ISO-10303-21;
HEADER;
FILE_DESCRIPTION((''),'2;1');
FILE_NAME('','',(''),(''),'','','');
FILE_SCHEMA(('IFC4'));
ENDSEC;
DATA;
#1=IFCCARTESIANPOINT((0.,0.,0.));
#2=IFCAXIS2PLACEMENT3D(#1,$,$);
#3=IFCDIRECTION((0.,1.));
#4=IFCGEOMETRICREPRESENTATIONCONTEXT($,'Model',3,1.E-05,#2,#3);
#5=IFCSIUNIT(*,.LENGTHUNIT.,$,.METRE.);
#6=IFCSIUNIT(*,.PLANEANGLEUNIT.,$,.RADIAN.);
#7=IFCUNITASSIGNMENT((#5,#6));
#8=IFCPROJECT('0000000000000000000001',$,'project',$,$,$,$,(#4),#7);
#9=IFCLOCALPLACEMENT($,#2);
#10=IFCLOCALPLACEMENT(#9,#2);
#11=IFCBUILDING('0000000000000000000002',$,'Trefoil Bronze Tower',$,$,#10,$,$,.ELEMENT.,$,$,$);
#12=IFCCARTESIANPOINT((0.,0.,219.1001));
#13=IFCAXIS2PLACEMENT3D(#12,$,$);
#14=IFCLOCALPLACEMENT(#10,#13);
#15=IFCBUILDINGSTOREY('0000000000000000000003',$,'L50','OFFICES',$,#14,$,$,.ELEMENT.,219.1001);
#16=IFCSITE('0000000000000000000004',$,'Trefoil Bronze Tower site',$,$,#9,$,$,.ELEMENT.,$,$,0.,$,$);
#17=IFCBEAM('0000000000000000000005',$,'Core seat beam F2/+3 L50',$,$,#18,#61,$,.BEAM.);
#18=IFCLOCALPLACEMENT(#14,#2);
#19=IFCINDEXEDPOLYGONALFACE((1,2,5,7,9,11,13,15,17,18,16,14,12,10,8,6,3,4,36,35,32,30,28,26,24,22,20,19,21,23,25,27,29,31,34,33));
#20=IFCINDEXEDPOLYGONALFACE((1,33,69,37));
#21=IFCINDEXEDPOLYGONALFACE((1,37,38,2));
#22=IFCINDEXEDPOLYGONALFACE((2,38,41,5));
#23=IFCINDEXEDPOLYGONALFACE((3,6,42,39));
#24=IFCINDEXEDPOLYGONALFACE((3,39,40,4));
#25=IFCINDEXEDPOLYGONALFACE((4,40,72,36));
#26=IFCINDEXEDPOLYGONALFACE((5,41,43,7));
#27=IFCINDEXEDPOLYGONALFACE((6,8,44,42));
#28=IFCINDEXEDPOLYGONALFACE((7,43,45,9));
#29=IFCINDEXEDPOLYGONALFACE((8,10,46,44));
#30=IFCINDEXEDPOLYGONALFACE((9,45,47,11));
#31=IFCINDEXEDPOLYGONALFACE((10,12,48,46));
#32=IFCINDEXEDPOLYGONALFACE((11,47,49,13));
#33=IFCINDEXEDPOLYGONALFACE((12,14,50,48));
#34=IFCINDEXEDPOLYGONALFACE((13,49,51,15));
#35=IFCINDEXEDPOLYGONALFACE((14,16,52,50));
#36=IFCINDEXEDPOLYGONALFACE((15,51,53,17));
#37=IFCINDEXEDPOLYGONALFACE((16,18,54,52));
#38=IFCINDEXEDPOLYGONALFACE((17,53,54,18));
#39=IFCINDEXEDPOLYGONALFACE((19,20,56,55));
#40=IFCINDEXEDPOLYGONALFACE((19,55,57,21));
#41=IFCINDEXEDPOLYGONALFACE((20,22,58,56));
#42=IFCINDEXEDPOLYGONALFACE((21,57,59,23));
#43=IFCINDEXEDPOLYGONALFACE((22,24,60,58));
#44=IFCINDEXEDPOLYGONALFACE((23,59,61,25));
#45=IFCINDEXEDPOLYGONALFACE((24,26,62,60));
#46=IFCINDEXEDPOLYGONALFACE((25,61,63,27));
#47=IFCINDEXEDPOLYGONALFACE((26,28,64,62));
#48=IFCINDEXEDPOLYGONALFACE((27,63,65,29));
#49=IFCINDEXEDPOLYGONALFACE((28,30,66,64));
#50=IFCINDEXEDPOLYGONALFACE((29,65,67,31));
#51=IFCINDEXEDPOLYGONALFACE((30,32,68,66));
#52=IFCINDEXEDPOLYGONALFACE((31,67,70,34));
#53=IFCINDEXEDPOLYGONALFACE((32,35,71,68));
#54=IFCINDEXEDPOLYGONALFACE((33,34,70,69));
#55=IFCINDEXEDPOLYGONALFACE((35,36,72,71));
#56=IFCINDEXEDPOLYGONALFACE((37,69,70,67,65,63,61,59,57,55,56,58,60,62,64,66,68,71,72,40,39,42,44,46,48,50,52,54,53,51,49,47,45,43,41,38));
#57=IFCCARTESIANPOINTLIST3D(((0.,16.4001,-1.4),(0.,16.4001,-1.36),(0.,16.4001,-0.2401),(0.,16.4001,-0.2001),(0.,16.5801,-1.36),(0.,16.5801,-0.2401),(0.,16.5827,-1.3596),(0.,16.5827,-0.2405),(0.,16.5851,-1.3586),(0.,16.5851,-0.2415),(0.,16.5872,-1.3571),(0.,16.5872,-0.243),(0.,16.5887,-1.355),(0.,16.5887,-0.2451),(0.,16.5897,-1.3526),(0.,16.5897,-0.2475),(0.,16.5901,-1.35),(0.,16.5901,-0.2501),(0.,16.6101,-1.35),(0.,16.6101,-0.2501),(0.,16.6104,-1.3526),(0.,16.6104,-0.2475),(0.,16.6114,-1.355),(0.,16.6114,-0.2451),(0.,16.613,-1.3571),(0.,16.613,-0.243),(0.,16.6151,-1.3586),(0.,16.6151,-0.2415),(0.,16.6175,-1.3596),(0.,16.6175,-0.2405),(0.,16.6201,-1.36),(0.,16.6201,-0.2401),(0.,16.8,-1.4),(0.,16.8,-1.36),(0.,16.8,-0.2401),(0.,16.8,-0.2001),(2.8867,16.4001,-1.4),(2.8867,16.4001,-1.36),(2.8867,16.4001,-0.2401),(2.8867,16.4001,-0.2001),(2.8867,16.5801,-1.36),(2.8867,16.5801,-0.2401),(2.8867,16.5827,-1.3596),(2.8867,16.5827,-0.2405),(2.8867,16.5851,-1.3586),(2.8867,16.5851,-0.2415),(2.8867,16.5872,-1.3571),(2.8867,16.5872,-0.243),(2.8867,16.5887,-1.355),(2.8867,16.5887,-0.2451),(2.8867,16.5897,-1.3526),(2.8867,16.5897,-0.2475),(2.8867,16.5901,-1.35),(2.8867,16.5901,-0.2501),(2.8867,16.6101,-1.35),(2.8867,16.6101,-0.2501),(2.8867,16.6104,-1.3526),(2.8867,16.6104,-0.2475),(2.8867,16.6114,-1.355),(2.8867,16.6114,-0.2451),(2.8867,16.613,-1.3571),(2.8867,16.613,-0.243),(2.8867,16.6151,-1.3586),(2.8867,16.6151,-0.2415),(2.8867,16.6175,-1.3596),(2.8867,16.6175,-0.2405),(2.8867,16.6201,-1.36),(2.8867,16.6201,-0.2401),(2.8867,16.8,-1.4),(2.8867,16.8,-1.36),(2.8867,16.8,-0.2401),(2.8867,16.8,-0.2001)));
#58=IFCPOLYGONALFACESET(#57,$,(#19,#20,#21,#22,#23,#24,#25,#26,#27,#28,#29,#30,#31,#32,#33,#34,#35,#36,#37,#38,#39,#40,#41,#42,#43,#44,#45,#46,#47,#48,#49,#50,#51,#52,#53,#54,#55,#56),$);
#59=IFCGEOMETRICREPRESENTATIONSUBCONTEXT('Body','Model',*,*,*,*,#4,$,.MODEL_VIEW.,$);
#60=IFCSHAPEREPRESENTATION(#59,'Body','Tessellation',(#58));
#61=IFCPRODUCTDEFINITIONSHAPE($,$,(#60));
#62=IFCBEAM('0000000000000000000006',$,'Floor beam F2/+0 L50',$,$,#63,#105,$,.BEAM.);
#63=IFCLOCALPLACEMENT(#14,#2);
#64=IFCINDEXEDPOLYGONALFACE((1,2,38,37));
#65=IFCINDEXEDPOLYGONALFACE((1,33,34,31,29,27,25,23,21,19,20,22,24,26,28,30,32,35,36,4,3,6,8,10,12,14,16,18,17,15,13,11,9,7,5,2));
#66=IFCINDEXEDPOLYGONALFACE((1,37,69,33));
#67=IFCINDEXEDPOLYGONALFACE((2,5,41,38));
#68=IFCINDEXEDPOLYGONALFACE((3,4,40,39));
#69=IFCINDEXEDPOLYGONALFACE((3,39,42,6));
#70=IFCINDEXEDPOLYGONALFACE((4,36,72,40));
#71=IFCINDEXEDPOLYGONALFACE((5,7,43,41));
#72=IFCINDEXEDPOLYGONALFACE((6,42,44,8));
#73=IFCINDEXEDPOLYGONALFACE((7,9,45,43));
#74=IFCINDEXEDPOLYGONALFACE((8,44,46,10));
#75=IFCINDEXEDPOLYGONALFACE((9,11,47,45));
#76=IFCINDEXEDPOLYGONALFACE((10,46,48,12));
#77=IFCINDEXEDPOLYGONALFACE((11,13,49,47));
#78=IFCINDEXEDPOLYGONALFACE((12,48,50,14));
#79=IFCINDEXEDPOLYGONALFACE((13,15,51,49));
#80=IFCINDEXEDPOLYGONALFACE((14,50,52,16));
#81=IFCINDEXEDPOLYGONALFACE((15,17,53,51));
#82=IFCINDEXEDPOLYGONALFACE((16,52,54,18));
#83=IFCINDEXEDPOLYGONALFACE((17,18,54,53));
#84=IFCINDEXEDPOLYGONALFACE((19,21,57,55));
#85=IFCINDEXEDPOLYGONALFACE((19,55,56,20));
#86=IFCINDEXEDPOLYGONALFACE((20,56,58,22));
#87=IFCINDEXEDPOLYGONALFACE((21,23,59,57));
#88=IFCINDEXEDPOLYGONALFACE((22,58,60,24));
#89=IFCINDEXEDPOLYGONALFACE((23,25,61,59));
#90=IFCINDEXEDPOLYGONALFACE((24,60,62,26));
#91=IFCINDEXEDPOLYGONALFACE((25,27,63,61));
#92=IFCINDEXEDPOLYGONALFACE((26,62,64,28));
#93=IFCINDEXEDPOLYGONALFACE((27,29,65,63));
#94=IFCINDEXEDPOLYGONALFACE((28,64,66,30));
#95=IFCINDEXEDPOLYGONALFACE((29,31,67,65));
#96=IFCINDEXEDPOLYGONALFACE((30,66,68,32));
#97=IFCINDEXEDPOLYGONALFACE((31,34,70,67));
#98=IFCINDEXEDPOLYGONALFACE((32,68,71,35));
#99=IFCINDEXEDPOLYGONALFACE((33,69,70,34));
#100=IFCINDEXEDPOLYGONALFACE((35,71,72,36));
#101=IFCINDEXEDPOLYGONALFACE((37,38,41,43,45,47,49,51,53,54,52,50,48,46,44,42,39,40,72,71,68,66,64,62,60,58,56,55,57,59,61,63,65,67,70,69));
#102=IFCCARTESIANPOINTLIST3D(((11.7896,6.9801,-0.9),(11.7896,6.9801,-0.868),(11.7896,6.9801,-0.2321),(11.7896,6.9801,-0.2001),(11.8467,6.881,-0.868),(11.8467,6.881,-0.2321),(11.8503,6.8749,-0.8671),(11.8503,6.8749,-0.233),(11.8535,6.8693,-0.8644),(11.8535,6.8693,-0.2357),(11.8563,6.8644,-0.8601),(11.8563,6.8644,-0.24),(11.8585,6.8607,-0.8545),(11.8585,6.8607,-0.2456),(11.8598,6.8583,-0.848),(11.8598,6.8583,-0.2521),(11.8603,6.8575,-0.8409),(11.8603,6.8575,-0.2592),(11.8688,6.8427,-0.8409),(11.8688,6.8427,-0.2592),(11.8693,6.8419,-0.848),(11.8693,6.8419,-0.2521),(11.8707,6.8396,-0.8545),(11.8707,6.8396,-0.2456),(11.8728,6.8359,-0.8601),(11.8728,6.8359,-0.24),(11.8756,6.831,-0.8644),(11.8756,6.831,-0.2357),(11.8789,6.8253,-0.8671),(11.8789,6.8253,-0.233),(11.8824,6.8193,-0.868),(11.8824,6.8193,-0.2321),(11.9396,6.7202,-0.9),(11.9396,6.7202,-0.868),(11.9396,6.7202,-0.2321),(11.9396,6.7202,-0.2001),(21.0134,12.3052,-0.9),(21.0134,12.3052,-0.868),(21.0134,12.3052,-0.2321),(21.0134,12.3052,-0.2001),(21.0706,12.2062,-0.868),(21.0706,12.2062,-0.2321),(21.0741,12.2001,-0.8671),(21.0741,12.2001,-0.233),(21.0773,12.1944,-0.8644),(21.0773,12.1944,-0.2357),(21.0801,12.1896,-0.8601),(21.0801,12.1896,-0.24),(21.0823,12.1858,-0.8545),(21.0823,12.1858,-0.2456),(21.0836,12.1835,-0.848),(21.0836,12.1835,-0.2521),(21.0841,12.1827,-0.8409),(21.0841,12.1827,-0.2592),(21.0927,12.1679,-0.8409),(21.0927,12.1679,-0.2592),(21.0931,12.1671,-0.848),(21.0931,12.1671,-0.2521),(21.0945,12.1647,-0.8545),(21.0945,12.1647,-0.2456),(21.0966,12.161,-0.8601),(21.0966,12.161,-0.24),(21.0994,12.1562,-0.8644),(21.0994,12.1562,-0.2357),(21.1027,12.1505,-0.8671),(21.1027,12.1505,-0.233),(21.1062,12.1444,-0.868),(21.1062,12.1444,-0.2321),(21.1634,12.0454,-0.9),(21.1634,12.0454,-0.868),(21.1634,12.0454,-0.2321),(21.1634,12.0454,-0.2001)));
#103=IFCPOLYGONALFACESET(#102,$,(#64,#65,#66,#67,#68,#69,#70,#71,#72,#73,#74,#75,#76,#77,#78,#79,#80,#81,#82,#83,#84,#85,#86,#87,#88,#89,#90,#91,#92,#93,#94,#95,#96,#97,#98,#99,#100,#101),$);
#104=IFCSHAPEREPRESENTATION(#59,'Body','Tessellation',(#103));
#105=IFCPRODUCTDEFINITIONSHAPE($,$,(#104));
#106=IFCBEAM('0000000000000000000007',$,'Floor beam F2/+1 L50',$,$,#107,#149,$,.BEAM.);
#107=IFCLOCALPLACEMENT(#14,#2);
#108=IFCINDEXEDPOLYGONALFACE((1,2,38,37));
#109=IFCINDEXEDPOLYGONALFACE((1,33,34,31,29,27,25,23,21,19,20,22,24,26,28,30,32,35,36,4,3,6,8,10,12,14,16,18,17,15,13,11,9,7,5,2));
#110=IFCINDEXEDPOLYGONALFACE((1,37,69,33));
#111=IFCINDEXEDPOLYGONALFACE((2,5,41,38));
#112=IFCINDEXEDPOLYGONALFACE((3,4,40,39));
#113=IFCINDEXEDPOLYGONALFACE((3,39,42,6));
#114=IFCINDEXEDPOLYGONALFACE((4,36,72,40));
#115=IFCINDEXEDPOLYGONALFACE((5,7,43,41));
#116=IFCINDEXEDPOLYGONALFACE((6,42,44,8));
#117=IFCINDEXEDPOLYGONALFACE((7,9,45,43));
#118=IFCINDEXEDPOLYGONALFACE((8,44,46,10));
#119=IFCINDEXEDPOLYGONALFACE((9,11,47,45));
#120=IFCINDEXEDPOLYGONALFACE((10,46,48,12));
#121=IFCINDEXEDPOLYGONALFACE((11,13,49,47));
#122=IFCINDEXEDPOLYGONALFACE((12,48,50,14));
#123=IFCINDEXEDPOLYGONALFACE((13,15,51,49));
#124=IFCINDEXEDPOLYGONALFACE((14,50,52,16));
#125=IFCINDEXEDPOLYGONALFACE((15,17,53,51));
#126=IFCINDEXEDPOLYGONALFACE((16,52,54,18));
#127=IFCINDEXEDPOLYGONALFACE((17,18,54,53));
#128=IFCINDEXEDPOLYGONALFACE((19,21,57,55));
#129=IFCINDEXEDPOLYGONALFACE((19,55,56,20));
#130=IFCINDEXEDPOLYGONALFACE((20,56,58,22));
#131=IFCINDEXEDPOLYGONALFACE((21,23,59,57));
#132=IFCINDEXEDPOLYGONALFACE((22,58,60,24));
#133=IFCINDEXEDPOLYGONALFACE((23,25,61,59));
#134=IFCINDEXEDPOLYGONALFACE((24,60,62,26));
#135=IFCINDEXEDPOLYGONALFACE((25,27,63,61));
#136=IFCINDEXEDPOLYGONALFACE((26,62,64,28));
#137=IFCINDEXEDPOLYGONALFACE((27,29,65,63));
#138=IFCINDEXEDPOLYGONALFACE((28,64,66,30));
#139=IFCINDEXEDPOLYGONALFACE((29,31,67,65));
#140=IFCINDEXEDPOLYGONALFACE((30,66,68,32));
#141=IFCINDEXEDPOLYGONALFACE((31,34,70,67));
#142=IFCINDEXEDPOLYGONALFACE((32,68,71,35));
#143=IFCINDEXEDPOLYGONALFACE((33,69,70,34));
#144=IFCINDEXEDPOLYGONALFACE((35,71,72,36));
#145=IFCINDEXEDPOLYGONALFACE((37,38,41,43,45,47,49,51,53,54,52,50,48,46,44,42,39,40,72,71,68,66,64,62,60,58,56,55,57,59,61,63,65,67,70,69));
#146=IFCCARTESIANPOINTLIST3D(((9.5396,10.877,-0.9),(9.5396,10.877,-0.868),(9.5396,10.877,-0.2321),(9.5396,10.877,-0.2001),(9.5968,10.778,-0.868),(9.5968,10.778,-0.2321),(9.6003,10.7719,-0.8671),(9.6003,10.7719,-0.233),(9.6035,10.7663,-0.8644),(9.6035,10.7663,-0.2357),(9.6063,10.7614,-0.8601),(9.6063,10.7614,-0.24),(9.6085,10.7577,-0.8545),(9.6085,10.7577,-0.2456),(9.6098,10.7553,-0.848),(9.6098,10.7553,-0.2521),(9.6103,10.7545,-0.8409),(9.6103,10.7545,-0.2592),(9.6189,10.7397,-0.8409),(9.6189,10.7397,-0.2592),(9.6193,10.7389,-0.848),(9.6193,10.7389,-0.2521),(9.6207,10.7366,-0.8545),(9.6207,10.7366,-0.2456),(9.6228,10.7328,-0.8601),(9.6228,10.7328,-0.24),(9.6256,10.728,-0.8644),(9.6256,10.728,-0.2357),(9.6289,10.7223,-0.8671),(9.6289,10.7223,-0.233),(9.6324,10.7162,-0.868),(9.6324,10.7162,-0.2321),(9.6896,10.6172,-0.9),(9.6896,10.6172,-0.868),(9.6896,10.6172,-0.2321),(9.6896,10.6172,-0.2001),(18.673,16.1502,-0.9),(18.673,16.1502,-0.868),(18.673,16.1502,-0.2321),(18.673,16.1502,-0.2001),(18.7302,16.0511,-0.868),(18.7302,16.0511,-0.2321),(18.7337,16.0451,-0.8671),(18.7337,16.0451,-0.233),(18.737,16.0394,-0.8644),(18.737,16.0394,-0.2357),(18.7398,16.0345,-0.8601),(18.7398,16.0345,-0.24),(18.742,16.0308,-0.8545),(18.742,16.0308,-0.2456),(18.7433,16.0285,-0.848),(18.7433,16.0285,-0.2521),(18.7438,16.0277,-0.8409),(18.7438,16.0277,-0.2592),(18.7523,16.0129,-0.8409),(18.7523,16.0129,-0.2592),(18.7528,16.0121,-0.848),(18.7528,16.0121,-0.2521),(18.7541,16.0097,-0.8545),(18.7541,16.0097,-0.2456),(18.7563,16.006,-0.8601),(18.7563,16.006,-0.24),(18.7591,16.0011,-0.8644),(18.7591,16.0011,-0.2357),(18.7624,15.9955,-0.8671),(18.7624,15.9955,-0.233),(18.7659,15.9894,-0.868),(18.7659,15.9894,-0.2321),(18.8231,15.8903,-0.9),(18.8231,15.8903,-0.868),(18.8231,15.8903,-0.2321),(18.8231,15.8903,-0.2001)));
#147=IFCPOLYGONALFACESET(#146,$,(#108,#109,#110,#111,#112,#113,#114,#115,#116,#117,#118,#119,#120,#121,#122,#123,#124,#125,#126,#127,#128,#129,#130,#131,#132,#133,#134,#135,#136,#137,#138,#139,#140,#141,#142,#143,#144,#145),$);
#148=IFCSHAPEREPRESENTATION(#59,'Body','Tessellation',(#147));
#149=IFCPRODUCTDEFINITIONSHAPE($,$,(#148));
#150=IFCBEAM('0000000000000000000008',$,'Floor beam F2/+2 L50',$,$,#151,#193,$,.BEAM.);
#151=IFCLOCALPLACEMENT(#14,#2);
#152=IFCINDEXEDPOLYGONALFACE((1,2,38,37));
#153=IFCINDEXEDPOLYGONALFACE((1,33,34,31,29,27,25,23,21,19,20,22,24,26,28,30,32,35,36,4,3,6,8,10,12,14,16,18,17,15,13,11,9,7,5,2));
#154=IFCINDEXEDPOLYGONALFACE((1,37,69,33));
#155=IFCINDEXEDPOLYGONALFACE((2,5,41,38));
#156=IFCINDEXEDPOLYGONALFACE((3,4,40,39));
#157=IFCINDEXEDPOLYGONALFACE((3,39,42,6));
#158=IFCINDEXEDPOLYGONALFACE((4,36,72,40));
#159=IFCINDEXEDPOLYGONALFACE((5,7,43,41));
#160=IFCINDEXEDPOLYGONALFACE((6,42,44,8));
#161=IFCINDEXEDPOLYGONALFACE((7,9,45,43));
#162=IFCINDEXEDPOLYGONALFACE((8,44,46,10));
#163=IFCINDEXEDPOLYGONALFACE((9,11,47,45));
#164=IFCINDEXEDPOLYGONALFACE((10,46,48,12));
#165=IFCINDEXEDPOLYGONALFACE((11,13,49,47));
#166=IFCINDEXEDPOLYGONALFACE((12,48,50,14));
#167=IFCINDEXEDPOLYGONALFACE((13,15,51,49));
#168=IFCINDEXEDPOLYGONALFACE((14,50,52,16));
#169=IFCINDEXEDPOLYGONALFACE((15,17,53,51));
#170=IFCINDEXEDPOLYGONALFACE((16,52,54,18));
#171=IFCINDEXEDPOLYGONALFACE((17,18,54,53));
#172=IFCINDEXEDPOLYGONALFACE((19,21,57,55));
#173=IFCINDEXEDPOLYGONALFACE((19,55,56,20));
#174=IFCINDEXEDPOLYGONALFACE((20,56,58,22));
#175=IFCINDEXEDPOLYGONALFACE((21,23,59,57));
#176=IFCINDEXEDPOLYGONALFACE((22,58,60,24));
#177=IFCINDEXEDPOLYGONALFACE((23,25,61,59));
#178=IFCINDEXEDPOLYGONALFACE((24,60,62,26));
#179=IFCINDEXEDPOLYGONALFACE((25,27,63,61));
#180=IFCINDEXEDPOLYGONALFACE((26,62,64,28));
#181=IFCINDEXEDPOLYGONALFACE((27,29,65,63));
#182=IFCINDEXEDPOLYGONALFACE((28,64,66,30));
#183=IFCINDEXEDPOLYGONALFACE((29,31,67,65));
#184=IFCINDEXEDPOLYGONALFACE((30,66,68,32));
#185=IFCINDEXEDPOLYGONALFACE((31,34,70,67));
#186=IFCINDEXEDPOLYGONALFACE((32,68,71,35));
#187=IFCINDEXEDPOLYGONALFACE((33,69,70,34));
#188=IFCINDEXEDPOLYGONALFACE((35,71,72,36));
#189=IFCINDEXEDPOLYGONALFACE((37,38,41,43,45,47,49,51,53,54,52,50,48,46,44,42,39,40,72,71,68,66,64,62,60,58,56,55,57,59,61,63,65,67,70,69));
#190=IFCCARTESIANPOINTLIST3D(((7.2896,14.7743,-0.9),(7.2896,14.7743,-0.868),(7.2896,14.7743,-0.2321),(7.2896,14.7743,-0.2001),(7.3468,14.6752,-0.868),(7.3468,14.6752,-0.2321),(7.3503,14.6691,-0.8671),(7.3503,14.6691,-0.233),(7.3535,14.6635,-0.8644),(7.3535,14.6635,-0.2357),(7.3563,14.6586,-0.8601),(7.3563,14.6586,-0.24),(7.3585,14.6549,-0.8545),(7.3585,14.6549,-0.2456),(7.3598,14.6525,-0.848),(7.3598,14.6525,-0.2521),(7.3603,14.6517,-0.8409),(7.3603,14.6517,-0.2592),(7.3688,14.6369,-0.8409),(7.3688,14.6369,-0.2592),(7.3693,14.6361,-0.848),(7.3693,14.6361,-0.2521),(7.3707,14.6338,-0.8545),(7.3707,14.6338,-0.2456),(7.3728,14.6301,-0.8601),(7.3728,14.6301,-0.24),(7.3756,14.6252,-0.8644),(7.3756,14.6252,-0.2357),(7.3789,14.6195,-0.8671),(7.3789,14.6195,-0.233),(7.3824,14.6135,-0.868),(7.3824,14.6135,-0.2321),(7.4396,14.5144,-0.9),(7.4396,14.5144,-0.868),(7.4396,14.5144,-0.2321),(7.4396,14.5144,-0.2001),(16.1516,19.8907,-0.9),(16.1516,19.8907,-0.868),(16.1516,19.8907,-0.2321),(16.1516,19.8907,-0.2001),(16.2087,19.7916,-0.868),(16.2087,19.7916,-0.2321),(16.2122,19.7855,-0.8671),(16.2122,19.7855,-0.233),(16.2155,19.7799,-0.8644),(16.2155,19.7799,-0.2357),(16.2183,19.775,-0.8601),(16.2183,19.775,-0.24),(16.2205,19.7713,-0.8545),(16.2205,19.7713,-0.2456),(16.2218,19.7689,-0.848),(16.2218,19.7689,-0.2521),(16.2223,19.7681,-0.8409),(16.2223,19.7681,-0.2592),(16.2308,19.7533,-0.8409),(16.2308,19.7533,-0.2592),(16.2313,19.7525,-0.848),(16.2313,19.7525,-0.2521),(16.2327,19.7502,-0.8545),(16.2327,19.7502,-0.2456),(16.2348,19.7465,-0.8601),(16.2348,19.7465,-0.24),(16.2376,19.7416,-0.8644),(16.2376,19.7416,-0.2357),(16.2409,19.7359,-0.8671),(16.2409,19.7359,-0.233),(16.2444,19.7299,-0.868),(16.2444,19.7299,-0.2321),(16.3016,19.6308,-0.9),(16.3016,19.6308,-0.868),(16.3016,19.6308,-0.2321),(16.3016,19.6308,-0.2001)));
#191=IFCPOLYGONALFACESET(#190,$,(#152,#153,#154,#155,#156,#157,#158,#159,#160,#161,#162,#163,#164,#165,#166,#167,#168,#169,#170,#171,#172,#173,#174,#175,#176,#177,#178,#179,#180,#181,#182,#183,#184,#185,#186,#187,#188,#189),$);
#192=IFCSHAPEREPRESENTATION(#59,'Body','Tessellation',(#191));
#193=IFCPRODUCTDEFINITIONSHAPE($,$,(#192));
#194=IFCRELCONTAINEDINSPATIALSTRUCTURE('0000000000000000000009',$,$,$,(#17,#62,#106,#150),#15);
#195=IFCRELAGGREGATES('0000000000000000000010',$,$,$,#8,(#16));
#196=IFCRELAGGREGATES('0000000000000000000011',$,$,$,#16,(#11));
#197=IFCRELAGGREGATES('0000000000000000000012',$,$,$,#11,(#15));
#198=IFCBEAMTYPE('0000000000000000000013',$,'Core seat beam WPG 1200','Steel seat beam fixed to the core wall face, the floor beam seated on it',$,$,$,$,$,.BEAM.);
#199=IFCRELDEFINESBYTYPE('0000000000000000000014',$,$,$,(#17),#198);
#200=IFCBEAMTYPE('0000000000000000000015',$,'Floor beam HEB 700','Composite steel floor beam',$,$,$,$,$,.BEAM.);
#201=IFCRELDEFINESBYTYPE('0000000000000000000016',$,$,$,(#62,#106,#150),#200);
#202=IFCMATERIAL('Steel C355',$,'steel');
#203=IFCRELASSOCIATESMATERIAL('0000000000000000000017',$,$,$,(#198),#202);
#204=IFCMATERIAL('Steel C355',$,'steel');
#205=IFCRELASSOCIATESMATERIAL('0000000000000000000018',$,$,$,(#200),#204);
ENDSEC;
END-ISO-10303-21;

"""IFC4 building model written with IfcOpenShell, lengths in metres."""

from ifc_helpers import new_model, si_unit, direction, frame, origin, origin_2d, place, context, subcontext, project, spatial, i_section, extrude, material, material_profile, profile_set, type_object, element, save


model = new_model("IFC4")

# Units and contexts
model_context = context("Model", 3, precision=1e-05, world=origin(), true_north=direction((0.0, 1.0)))
body_context = subcontext(model_context, "Body", "Model", "MODEL_VIEW")
ifc_project = project(units=[si_unit("LENGTHUNIT", "METRE"), si_unit("PLANEANGLEUNIT", "RADIAN")], contexts=[model_context])

# Site, building, storey
site_placement = place(None, origin())
site = spatial("IfcSite", under=ifc_project, at=site_placement, Name="Trefoil Bronze Tower site", CompositionType="ELEMENT", RefElevation=0.0)
building_placement = place(site_placement, origin())
building = spatial("IfcBuilding", under=site, at=building_placement, Name="Trefoil Bronze Tower", CompositionType="ELEMENT")
storey_placement = place(building_placement, frame((0.0, 0.0, 219.1001)))
storey = spatial("IfcBuildingStorey", under=building, at=storey_placement, Name="L50", Description="OFFICES", CompositionType="ELEMENT", Elevation=219.1001)

# Beams
ifc_material_1 = material(Name="Steel C355", Category="steel")
ifc_material_profile_1 = material_profile(ifc_material_1, i_section(OverallWidth=0.3999, OverallDepth=1.2, WebThickness=0.02, FlangeThickness=0.04, FilletRadius=0.01, at=origin_2d()), Name="WPG 1200")
ifc_profile_set_1 = profile_set([ifc_material_profile_1], Name="Steel C355")
beam_type_1 = type_object("IfcBeamType", Name="Core seat beam WPG 1200", Description="Steel seat beam fixed to the core wall face, the floor beam seated on it", PredefinedType="BEAM", material=ifc_profile_set_1)
beam_1_placement = place(storey_placement, frame((2.8867, 16.6001, -0.8), z_axis=(-1.0, 0.0, 0.0), x_axis=(0.0, -1.0, 0.0)))
element("IfcBeam", 1, at=beam_1_placement, inside=storey, type_object=beam_type_1, Name="Core seat beam F2/+3 L50", PredefinedType="BEAM", context=body_context, shape_type="SweptSolid", body=[
    extrude(i_section(OverallWidth=0.3999, OverallDepth=1.2, WebThickness=0.02, FlangeThickness=0.04, FilletRadius=0.01, at=origin_2d()), origin(), (0.0, 0.0, 1.0), 2.8867),
])
ifc_material_2 = material(Name="Steel C355", Category="steel")
ifc_material_profile_2 = material_profile(ifc_material_2, i_section(OverallWidth=0.3, OverallDepth=0.7, WebThickness=0.0171, FlangeThickness=0.032, FilletRadius=0.0271, at=origin_2d()), Name="HEB 700")
ifc_profile_set_2 = profile_set([ifc_material_profile_2], Name="Steel C355")
beam_type_2 = type_object("IfcBeamType", Name="Floor beam HEB 700", Description="Composite steel floor beam", PredefinedType="BEAM", material=ifc_profile_set_2)
beam_2_placement = place(storey_placement, frame((21.0884, 12.1753, -0.55), z_axis=(-0.866034, -0.499985, 0.0), x_axis=(0.499985, -0.866034, 0.0)))
element("IfcBeam", 2, at=beam_2_placement, inside=storey, type_object=beam_type_2, Name="Floor beam F2/+0 L50", PredefinedType="BEAM", context=body_context, shape_type="SweptSolid", body=[
    extrude(i_section(OverallWidth=0.3, OverallDepth=0.7, WebThickness=0.0171, FlangeThickness=0.032, FilletRadius=0.0271, at=origin_2d()), origin(), (0.0, 0.0, 1.0), 10.6506),
])
beam_3_placement = place(storey_placement, frame((18.748, 16.0203, -0.55), z_axis=(-0.866028, -0.499996, 0.0), x_axis=(0.499996, -0.866028, 0.0)))
element("IfcBeam", 3, at=beam_3_placement, inside=storey, type_object=beam_type_2, Name="Floor beam F2/+1 L50", PredefinedType="BEAM", context=body_context, shape_type="SweptSolid", body=[
    extrude(i_section(OverallWidth=0.3, OverallDepth=0.7, WebThickness=0.0171, FlangeThickness=0.032, FilletRadius=0.0271, at=origin_2d()), origin(), (0.0, 0.0, 1.0), 10.5464),
])
beam_4_placement = place(storey_placement, frame((16.2266, 19.7607, -0.55), z_axis=(-0.866028, -0.499996, 0.0), x_axis=(0.499996, -0.866028, 0.0)))
element("IfcBeam", 4, at=beam_4_placement, inside=storey, type_object=beam_type_2, Name="Floor beam F2/+2 L50", PredefinedType="BEAM", context=body_context, shape_type="SweptSolid", body=[
    extrude(i_section(OverallWidth=0.3, OverallDepth=0.7, WebThickness=0.0171, FlangeThickness=0.032, FilletRadius=0.0271, at=origin_2d()), origin(), (0.0, 0.0, 1.0), 10.2329),
])

save(model, "model.ifc")
